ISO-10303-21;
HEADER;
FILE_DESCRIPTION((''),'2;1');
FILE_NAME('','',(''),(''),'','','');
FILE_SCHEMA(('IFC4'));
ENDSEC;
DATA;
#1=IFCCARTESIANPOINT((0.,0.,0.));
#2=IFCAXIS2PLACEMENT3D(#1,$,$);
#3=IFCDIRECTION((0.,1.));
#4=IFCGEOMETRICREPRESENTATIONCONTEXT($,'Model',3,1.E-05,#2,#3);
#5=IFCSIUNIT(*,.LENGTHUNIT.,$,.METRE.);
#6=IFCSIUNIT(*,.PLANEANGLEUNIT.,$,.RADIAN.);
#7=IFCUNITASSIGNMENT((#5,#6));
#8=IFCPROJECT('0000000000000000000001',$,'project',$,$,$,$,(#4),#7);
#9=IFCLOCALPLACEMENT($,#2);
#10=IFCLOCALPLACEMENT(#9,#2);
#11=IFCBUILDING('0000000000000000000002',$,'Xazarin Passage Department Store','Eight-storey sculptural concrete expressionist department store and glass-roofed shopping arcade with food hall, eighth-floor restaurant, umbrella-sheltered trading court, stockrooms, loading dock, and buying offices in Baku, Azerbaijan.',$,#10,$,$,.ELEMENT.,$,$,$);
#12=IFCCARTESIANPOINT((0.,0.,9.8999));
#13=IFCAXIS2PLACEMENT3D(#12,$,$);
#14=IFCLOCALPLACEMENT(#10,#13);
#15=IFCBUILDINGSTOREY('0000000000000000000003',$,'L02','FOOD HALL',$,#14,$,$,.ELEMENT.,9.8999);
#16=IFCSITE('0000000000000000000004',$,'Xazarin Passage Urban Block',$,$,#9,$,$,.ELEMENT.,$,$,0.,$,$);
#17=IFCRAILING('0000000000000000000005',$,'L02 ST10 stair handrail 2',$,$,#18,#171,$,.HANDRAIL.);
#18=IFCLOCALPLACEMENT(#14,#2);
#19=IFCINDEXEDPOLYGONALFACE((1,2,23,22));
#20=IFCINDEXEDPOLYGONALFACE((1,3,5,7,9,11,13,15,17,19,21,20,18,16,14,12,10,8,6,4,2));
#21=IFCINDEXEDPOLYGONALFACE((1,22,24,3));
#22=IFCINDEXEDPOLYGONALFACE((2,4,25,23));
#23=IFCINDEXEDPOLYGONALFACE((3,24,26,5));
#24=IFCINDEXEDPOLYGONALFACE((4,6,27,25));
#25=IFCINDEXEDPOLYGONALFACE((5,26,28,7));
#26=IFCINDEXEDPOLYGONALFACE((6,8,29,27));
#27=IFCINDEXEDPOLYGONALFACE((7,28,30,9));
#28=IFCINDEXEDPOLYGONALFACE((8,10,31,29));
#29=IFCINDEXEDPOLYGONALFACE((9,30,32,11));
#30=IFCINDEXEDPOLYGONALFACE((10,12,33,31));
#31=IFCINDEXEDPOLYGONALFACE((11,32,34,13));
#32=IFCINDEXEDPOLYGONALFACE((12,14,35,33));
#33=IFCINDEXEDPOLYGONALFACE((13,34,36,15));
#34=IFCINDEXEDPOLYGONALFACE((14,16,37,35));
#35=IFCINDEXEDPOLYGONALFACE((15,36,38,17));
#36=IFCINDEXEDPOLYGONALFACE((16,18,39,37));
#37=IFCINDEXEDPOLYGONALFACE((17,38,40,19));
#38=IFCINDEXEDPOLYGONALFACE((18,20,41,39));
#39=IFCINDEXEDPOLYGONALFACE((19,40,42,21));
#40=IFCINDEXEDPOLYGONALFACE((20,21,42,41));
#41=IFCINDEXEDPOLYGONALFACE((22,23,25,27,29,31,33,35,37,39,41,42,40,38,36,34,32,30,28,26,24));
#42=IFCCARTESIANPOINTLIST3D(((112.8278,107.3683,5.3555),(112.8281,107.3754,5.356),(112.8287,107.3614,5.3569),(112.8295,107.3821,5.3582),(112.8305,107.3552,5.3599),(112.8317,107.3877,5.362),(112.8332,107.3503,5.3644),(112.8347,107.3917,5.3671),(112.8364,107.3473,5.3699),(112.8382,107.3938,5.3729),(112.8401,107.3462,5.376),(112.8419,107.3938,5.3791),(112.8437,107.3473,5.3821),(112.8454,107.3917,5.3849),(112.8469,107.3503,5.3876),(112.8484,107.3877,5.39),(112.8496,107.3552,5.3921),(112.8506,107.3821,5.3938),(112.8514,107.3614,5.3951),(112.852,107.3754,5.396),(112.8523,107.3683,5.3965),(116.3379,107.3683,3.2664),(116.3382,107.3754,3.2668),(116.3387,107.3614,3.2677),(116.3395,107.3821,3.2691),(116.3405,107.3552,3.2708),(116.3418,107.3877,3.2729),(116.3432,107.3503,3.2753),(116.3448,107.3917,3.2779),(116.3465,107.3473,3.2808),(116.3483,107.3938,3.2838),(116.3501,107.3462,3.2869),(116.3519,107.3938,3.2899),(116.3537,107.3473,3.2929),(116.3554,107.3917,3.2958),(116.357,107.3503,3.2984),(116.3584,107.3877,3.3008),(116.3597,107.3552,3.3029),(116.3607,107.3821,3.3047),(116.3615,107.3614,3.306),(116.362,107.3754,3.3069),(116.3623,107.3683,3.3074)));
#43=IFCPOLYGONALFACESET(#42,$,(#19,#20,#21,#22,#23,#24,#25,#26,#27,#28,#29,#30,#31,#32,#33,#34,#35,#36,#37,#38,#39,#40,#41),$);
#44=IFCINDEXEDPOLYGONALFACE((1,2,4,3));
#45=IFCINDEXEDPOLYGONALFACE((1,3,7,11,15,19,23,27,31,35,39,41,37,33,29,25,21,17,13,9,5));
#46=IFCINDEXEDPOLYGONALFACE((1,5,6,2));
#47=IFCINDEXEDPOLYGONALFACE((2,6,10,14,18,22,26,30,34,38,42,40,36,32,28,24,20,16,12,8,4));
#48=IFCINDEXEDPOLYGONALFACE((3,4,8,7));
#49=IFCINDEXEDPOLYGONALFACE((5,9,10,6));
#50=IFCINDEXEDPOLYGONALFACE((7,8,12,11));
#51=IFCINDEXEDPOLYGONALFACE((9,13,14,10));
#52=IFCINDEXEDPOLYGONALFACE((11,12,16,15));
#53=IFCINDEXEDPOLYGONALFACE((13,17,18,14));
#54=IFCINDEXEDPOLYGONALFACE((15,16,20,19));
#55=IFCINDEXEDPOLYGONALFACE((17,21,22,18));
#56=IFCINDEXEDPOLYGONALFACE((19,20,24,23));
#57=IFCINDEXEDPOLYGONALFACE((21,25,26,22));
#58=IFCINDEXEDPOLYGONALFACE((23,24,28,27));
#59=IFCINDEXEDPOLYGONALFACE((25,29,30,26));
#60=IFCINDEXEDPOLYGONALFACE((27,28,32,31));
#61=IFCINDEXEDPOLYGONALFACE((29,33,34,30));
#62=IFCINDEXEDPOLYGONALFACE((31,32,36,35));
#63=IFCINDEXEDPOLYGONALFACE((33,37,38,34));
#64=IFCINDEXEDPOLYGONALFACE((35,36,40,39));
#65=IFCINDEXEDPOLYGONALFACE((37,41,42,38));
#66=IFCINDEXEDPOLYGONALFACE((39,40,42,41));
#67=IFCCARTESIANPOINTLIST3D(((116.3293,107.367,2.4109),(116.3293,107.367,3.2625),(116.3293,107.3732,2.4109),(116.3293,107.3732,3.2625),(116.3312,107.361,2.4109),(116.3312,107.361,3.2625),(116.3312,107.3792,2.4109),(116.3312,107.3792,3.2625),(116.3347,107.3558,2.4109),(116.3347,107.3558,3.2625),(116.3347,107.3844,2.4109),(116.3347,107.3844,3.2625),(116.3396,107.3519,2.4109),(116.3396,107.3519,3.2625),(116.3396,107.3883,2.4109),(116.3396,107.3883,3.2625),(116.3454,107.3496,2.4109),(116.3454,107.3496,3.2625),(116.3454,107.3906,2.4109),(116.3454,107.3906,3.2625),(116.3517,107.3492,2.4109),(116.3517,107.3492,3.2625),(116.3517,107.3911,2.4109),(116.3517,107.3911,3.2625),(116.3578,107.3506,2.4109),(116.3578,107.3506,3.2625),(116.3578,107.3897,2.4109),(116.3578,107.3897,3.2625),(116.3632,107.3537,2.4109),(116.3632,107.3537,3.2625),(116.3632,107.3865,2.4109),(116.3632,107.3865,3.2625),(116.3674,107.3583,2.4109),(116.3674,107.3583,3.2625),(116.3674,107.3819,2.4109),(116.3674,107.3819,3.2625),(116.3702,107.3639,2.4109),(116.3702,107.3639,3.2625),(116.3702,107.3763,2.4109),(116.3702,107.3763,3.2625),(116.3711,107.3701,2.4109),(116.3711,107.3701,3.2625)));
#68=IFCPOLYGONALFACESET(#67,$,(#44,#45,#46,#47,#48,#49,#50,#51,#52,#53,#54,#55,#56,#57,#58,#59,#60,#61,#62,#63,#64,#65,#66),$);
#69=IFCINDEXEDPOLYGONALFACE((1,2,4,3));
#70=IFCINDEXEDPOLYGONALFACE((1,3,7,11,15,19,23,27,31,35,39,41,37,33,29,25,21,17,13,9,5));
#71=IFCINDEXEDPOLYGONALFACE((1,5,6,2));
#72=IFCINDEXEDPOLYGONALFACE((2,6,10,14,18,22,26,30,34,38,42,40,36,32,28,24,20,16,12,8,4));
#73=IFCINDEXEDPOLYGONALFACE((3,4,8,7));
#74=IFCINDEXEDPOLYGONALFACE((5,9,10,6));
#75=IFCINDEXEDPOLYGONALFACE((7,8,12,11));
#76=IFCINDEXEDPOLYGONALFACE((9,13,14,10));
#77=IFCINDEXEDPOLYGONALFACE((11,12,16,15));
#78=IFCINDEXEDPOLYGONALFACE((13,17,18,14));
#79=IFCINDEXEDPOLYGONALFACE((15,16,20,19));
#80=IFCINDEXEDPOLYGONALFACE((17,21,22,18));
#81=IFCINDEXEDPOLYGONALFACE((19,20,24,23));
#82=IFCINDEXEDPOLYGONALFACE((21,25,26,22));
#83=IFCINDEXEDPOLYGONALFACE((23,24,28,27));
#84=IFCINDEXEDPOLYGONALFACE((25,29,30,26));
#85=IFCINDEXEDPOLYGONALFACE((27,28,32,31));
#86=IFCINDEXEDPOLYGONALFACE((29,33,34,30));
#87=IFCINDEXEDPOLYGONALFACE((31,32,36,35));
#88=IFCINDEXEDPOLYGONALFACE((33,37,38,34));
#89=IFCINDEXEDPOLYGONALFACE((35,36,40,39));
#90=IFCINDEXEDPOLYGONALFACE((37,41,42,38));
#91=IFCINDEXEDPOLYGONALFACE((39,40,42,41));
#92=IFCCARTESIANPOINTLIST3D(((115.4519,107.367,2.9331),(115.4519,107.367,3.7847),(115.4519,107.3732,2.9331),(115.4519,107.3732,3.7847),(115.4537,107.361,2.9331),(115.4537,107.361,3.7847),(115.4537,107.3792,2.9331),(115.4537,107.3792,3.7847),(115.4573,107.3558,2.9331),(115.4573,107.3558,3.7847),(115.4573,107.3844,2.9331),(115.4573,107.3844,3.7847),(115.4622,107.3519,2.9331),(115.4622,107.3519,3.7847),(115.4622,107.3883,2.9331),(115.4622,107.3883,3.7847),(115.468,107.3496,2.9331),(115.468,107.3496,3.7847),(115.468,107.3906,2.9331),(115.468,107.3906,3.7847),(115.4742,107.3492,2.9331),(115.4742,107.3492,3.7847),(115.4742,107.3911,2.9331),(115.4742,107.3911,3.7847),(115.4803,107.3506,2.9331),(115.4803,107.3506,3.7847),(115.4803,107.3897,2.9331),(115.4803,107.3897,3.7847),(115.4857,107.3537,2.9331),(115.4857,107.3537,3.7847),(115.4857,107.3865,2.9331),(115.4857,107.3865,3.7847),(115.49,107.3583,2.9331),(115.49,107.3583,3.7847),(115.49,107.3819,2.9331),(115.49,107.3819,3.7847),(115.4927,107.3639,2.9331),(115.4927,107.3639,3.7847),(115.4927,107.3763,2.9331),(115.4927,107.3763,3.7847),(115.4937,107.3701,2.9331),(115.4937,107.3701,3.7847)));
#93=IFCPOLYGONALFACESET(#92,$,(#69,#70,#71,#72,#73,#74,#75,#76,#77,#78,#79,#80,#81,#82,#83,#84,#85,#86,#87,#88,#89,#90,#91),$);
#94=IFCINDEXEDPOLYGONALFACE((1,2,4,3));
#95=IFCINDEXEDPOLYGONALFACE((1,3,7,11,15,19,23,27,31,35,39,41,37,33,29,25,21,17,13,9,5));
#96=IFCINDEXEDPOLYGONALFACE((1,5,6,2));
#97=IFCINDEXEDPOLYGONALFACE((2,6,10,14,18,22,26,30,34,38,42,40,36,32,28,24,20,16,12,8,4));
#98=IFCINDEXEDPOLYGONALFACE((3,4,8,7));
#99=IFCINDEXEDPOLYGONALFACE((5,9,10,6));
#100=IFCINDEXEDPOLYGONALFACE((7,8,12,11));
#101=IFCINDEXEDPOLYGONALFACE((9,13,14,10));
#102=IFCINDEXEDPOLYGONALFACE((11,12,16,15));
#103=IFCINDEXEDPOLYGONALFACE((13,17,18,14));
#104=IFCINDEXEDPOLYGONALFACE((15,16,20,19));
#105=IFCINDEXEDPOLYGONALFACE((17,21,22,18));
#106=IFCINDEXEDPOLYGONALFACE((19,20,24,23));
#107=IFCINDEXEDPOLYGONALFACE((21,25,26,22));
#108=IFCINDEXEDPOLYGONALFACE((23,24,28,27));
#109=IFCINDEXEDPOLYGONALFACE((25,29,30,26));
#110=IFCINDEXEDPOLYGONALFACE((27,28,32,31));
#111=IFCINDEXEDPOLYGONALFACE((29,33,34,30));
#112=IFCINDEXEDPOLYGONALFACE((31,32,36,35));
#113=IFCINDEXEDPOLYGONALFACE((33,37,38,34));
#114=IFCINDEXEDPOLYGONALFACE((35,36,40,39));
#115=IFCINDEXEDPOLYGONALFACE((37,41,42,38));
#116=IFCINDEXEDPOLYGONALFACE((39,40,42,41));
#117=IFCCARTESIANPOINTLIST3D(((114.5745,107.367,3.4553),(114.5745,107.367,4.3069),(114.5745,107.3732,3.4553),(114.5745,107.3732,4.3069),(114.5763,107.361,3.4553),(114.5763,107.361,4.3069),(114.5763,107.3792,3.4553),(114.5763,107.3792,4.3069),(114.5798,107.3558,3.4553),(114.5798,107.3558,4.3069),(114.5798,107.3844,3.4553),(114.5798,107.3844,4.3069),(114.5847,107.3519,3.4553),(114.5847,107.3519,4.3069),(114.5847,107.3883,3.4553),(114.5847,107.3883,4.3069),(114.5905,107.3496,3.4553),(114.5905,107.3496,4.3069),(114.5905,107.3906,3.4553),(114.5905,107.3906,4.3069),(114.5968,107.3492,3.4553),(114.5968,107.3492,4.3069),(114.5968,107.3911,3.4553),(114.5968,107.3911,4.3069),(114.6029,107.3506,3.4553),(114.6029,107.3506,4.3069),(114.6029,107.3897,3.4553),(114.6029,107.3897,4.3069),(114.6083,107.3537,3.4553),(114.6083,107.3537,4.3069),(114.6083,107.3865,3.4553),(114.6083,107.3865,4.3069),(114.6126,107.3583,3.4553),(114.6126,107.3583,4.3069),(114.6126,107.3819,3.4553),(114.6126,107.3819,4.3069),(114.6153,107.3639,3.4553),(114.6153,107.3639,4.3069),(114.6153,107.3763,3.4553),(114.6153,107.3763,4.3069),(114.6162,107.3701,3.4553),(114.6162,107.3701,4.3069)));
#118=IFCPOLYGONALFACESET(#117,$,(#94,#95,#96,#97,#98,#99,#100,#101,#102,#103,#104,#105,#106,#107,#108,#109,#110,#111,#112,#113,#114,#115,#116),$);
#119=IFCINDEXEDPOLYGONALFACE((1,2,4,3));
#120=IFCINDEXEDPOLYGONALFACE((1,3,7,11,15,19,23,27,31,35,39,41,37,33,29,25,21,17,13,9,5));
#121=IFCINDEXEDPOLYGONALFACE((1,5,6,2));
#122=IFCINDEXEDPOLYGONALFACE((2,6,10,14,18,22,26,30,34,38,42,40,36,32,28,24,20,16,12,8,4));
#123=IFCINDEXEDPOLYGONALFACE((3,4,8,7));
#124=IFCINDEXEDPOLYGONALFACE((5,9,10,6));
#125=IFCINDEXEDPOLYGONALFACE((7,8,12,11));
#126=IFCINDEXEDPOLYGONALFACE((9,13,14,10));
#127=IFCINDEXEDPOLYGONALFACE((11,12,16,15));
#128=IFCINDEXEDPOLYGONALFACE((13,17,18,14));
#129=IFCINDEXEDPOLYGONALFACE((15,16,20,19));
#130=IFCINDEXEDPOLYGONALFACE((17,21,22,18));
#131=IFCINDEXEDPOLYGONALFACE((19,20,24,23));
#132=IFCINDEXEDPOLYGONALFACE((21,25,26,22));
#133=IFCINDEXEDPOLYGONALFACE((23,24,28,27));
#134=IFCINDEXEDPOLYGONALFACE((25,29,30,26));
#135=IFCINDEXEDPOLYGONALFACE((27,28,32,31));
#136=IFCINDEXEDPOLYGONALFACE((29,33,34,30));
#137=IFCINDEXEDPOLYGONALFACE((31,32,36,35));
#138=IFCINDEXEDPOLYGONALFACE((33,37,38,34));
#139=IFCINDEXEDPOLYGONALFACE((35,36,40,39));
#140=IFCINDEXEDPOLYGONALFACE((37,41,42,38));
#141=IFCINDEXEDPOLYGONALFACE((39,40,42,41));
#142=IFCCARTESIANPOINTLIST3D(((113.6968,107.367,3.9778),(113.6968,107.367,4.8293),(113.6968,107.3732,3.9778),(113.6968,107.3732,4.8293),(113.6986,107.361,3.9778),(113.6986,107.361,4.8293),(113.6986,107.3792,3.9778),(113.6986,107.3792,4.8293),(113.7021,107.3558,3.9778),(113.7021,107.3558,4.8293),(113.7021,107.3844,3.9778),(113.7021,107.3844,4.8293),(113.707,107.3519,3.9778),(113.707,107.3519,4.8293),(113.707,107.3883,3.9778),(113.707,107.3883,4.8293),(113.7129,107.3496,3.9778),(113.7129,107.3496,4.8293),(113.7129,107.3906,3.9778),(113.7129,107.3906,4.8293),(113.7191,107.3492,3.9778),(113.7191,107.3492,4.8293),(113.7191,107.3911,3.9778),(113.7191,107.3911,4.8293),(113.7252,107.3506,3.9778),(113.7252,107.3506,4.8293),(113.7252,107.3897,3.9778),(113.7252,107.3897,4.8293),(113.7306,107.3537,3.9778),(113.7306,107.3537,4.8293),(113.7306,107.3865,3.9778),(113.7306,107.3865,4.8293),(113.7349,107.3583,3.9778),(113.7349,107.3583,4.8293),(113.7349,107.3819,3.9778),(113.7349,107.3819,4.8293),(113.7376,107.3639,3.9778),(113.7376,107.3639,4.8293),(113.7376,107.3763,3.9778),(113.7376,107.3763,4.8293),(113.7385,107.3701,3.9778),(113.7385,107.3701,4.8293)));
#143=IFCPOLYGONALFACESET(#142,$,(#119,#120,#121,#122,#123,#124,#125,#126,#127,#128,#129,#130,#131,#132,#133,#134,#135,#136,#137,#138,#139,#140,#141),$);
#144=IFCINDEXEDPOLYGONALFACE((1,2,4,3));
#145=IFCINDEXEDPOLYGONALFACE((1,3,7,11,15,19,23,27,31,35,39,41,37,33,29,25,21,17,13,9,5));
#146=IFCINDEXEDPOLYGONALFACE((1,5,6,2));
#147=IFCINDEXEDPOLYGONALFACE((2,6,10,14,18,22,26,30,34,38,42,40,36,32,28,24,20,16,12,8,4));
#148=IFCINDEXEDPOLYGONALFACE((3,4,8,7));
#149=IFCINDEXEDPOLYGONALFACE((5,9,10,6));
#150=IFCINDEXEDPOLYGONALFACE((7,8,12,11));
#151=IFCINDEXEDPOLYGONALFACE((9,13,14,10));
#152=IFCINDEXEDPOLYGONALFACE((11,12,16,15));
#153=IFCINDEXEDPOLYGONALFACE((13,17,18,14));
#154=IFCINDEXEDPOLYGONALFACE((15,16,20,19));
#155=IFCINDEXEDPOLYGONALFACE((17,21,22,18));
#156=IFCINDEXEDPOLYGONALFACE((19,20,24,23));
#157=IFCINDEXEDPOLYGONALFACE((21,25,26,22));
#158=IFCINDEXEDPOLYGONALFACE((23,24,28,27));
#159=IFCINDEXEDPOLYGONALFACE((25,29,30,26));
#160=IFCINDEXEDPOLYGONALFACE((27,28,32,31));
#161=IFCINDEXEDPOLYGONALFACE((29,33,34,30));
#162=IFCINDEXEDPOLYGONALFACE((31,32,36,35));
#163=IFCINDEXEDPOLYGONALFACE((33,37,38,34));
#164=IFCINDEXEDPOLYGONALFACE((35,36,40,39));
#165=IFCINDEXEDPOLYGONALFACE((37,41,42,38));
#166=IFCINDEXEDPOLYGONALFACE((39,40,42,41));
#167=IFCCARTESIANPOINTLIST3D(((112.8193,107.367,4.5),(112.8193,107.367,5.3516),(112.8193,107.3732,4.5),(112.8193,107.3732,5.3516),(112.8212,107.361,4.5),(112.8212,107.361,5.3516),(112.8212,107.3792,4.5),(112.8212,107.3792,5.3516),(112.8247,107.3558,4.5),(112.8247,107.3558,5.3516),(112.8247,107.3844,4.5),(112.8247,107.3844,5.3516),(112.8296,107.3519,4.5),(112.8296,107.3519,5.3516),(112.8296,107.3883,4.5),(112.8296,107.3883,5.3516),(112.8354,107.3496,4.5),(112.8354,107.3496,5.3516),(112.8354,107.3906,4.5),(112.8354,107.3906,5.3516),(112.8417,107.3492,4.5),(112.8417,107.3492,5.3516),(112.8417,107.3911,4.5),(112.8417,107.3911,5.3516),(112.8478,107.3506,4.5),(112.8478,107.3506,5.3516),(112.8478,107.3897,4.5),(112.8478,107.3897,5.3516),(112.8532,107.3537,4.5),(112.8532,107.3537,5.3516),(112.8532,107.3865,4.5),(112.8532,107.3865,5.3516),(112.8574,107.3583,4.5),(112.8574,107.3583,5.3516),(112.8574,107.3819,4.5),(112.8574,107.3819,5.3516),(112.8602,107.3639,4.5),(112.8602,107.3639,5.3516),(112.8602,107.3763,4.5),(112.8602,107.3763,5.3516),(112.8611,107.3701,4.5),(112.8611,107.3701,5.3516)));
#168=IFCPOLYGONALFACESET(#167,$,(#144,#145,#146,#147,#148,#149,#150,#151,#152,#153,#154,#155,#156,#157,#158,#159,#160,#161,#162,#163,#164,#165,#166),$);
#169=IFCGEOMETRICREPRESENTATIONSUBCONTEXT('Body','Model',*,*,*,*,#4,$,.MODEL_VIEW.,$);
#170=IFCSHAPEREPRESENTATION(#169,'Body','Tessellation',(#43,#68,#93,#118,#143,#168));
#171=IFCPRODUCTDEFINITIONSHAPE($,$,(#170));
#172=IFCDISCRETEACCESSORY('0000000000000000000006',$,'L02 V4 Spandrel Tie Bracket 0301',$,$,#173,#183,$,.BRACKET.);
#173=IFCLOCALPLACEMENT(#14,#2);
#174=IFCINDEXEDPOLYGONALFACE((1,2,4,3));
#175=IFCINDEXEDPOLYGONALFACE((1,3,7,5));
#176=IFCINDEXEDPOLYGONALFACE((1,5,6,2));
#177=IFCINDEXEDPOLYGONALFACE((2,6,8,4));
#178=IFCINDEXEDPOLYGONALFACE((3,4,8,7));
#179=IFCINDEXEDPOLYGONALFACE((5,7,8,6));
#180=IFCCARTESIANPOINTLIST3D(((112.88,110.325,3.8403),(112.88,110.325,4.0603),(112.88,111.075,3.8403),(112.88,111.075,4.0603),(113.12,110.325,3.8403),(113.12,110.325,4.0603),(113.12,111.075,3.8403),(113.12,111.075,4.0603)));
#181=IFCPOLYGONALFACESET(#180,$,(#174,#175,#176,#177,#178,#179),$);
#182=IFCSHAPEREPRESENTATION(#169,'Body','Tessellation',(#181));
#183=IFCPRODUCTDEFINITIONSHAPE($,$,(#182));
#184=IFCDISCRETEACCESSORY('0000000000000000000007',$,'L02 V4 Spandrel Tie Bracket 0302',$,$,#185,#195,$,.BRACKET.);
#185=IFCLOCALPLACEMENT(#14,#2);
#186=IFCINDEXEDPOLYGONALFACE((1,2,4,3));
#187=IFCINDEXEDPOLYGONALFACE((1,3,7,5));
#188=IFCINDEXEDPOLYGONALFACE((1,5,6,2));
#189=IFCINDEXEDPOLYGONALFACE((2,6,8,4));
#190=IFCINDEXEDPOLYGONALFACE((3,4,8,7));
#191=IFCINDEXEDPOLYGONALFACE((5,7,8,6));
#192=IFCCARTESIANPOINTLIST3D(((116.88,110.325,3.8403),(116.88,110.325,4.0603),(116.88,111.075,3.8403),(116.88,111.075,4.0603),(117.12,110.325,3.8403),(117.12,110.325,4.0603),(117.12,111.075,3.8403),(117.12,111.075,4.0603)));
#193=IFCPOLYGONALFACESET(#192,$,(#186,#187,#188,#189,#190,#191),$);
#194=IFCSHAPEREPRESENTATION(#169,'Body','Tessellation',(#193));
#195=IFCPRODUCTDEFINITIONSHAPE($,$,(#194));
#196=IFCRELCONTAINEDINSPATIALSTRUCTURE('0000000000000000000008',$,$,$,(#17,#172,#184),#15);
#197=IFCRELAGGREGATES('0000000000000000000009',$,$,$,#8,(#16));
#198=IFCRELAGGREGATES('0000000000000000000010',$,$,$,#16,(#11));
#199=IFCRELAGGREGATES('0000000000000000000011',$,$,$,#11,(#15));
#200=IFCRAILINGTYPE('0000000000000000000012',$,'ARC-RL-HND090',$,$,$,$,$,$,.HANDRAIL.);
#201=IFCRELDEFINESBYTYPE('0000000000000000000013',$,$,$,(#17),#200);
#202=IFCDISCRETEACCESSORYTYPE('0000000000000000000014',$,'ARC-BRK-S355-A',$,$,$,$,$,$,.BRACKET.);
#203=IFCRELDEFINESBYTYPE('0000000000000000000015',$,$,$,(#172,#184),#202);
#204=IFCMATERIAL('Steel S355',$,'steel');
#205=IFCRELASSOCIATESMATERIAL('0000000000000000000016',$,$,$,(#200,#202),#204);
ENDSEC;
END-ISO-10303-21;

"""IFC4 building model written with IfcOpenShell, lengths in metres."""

from ifc_helpers import new_model, si_unit, direction, frame, origin, origin_2d, place, context, subcontext, project, spatial, rectangle, circle, extrude, material, type_object, element, save


model = new_model("IFC4")

# Units and contexts
model_context = context("Model", 3, precision=1e-05, world=origin(), true_north=direction((0.0, 1.0)))
body_context = subcontext(model_context, "Body", "Model", "MODEL_VIEW")
ifc_project = project(units=[si_unit("LENGTHUNIT", "METRE"), si_unit("PLANEANGLEUNIT", "RADIAN")], contexts=[model_context])

# Site, building, storey
site_placement = place(None, origin())
site = spatial("IfcSite", under=ifc_project, at=site_placement, Name="Xazarin Passage Urban Block", CompositionType="ELEMENT", RefElevation=0.0)
building_placement = place(site_placement, origin())
building = spatial("IfcBuilding", under=site, at=building_placement, Name="Xazarin Passage Department Store", Description="Eight-storey sculptural concrete expressionist department store and glass-roofed shopping arcade with food hall, eighth-floor restaurant, umbrella-sheltered trading court, stockrooms, loading dock, and buying offices in Baku, Azerbaijan.", CompositionType="ELEMENT")
storey_placement = place(building_placement, frame((0.0, 0.0, 9.8999)))
storey = spatial("IfcBuildingStorey", under=building, at=storey_placement, Name="L02", Description="FOOD HALL", CompositionType="ELEMENT", Elevation=9.8999)

# Railing
ifc_material_1 = material(Name="Steel S355", Category="steel")
railing_type_1 = type_object("IfcRailingType", Name="ARC-RL-HND090", PredefinedType="HANDRAIL", material=ifc_material_1)
railing_1_placement = place(storey_placement, frame((116.3501, 107.3701, 2.4109)))
element("IfcRailing", 1, at=railing_1_placement, inside=storey, type_object=railing_type_1, Name="L02 ST10 stair handrail 2", PredefinedType="HANDRAIL", context=body_context, shape_type="SweptSolid", body=[
    extrude(circle(Radius=0.0239, at=origin_2d()), frame((0.0, 0.0, 0.876), z_axis=(-0.859312, 0.0, 0.511451), x_axis=(0.0, -1.0, 0.0)), (0.0, 0.0, 1.0), 4.0847),
    extrude(circle(Radius=0.021, at=origin_2d()), origin(), (0.0, 0.0, 1.0), 0.8516),
    extrude(circle(Radius=0.021, at=origin_2d()), frame((-0.8774, 0.0, 0.5222)), (0.0, 0.0, 1.0), 0.8516),
    extrude(circle(Radius=0.021, at=origin_2d()), frame((-1.7549, 0.0, 1.0444)), (0.0, 0.0, 1.0), 0.8516),
    extrude(circle(Radius=0.021, at=origin_2d()), frame((-2.6326, 0.0, 1.5669)), (0.0, 0.0, 1.0), 0.8516),
    extrude(circle(Radius=0.021, at=origin_2d()), frame((-3.51, 0.0, 2.0891)), (0.0, 0.0, 1.0), 0.8516),
])

# Discrete accessories
discrete_accessory_type = type_object("IfcDiscreteAccessoryType", Name="ARC-BRK-S355-A", PredefinedType="BRACKET", material=ifc_material_1)
for number, where, z_axis, x_axis, name in (
    (2, (113.0, 110.7, 3.8403), (0.0, 0.0, 1.0), (1.0, 0.0, 0.0), "L02 V4 Spandrel Tie Bracket 0301"),
    (3, (117.0, 110.7, 3.8403), (0.0, 0.0, 1.0), (1.0, 0.0, 0.0), "L02 V4 Spandrel Tie Bracket 0302"),
):
    element("IfcDiscreteAccessory", number, at=place(storey_placement, frame(where, z_axis=z_axis, x_axis=x_axis)), inside=storey, type_object=discrete_accessory_type, Name=name, PredefinedType="BRACKET", context=body_context, shape_type="SweptSolid", body=[
        extrude(rectangle(XDim=0.24, YDim=0.75, at=origin_2d()), origin(), (0.0, 0.0, 1.0), 0.22),
    ])

save(model, "model.ifc")
